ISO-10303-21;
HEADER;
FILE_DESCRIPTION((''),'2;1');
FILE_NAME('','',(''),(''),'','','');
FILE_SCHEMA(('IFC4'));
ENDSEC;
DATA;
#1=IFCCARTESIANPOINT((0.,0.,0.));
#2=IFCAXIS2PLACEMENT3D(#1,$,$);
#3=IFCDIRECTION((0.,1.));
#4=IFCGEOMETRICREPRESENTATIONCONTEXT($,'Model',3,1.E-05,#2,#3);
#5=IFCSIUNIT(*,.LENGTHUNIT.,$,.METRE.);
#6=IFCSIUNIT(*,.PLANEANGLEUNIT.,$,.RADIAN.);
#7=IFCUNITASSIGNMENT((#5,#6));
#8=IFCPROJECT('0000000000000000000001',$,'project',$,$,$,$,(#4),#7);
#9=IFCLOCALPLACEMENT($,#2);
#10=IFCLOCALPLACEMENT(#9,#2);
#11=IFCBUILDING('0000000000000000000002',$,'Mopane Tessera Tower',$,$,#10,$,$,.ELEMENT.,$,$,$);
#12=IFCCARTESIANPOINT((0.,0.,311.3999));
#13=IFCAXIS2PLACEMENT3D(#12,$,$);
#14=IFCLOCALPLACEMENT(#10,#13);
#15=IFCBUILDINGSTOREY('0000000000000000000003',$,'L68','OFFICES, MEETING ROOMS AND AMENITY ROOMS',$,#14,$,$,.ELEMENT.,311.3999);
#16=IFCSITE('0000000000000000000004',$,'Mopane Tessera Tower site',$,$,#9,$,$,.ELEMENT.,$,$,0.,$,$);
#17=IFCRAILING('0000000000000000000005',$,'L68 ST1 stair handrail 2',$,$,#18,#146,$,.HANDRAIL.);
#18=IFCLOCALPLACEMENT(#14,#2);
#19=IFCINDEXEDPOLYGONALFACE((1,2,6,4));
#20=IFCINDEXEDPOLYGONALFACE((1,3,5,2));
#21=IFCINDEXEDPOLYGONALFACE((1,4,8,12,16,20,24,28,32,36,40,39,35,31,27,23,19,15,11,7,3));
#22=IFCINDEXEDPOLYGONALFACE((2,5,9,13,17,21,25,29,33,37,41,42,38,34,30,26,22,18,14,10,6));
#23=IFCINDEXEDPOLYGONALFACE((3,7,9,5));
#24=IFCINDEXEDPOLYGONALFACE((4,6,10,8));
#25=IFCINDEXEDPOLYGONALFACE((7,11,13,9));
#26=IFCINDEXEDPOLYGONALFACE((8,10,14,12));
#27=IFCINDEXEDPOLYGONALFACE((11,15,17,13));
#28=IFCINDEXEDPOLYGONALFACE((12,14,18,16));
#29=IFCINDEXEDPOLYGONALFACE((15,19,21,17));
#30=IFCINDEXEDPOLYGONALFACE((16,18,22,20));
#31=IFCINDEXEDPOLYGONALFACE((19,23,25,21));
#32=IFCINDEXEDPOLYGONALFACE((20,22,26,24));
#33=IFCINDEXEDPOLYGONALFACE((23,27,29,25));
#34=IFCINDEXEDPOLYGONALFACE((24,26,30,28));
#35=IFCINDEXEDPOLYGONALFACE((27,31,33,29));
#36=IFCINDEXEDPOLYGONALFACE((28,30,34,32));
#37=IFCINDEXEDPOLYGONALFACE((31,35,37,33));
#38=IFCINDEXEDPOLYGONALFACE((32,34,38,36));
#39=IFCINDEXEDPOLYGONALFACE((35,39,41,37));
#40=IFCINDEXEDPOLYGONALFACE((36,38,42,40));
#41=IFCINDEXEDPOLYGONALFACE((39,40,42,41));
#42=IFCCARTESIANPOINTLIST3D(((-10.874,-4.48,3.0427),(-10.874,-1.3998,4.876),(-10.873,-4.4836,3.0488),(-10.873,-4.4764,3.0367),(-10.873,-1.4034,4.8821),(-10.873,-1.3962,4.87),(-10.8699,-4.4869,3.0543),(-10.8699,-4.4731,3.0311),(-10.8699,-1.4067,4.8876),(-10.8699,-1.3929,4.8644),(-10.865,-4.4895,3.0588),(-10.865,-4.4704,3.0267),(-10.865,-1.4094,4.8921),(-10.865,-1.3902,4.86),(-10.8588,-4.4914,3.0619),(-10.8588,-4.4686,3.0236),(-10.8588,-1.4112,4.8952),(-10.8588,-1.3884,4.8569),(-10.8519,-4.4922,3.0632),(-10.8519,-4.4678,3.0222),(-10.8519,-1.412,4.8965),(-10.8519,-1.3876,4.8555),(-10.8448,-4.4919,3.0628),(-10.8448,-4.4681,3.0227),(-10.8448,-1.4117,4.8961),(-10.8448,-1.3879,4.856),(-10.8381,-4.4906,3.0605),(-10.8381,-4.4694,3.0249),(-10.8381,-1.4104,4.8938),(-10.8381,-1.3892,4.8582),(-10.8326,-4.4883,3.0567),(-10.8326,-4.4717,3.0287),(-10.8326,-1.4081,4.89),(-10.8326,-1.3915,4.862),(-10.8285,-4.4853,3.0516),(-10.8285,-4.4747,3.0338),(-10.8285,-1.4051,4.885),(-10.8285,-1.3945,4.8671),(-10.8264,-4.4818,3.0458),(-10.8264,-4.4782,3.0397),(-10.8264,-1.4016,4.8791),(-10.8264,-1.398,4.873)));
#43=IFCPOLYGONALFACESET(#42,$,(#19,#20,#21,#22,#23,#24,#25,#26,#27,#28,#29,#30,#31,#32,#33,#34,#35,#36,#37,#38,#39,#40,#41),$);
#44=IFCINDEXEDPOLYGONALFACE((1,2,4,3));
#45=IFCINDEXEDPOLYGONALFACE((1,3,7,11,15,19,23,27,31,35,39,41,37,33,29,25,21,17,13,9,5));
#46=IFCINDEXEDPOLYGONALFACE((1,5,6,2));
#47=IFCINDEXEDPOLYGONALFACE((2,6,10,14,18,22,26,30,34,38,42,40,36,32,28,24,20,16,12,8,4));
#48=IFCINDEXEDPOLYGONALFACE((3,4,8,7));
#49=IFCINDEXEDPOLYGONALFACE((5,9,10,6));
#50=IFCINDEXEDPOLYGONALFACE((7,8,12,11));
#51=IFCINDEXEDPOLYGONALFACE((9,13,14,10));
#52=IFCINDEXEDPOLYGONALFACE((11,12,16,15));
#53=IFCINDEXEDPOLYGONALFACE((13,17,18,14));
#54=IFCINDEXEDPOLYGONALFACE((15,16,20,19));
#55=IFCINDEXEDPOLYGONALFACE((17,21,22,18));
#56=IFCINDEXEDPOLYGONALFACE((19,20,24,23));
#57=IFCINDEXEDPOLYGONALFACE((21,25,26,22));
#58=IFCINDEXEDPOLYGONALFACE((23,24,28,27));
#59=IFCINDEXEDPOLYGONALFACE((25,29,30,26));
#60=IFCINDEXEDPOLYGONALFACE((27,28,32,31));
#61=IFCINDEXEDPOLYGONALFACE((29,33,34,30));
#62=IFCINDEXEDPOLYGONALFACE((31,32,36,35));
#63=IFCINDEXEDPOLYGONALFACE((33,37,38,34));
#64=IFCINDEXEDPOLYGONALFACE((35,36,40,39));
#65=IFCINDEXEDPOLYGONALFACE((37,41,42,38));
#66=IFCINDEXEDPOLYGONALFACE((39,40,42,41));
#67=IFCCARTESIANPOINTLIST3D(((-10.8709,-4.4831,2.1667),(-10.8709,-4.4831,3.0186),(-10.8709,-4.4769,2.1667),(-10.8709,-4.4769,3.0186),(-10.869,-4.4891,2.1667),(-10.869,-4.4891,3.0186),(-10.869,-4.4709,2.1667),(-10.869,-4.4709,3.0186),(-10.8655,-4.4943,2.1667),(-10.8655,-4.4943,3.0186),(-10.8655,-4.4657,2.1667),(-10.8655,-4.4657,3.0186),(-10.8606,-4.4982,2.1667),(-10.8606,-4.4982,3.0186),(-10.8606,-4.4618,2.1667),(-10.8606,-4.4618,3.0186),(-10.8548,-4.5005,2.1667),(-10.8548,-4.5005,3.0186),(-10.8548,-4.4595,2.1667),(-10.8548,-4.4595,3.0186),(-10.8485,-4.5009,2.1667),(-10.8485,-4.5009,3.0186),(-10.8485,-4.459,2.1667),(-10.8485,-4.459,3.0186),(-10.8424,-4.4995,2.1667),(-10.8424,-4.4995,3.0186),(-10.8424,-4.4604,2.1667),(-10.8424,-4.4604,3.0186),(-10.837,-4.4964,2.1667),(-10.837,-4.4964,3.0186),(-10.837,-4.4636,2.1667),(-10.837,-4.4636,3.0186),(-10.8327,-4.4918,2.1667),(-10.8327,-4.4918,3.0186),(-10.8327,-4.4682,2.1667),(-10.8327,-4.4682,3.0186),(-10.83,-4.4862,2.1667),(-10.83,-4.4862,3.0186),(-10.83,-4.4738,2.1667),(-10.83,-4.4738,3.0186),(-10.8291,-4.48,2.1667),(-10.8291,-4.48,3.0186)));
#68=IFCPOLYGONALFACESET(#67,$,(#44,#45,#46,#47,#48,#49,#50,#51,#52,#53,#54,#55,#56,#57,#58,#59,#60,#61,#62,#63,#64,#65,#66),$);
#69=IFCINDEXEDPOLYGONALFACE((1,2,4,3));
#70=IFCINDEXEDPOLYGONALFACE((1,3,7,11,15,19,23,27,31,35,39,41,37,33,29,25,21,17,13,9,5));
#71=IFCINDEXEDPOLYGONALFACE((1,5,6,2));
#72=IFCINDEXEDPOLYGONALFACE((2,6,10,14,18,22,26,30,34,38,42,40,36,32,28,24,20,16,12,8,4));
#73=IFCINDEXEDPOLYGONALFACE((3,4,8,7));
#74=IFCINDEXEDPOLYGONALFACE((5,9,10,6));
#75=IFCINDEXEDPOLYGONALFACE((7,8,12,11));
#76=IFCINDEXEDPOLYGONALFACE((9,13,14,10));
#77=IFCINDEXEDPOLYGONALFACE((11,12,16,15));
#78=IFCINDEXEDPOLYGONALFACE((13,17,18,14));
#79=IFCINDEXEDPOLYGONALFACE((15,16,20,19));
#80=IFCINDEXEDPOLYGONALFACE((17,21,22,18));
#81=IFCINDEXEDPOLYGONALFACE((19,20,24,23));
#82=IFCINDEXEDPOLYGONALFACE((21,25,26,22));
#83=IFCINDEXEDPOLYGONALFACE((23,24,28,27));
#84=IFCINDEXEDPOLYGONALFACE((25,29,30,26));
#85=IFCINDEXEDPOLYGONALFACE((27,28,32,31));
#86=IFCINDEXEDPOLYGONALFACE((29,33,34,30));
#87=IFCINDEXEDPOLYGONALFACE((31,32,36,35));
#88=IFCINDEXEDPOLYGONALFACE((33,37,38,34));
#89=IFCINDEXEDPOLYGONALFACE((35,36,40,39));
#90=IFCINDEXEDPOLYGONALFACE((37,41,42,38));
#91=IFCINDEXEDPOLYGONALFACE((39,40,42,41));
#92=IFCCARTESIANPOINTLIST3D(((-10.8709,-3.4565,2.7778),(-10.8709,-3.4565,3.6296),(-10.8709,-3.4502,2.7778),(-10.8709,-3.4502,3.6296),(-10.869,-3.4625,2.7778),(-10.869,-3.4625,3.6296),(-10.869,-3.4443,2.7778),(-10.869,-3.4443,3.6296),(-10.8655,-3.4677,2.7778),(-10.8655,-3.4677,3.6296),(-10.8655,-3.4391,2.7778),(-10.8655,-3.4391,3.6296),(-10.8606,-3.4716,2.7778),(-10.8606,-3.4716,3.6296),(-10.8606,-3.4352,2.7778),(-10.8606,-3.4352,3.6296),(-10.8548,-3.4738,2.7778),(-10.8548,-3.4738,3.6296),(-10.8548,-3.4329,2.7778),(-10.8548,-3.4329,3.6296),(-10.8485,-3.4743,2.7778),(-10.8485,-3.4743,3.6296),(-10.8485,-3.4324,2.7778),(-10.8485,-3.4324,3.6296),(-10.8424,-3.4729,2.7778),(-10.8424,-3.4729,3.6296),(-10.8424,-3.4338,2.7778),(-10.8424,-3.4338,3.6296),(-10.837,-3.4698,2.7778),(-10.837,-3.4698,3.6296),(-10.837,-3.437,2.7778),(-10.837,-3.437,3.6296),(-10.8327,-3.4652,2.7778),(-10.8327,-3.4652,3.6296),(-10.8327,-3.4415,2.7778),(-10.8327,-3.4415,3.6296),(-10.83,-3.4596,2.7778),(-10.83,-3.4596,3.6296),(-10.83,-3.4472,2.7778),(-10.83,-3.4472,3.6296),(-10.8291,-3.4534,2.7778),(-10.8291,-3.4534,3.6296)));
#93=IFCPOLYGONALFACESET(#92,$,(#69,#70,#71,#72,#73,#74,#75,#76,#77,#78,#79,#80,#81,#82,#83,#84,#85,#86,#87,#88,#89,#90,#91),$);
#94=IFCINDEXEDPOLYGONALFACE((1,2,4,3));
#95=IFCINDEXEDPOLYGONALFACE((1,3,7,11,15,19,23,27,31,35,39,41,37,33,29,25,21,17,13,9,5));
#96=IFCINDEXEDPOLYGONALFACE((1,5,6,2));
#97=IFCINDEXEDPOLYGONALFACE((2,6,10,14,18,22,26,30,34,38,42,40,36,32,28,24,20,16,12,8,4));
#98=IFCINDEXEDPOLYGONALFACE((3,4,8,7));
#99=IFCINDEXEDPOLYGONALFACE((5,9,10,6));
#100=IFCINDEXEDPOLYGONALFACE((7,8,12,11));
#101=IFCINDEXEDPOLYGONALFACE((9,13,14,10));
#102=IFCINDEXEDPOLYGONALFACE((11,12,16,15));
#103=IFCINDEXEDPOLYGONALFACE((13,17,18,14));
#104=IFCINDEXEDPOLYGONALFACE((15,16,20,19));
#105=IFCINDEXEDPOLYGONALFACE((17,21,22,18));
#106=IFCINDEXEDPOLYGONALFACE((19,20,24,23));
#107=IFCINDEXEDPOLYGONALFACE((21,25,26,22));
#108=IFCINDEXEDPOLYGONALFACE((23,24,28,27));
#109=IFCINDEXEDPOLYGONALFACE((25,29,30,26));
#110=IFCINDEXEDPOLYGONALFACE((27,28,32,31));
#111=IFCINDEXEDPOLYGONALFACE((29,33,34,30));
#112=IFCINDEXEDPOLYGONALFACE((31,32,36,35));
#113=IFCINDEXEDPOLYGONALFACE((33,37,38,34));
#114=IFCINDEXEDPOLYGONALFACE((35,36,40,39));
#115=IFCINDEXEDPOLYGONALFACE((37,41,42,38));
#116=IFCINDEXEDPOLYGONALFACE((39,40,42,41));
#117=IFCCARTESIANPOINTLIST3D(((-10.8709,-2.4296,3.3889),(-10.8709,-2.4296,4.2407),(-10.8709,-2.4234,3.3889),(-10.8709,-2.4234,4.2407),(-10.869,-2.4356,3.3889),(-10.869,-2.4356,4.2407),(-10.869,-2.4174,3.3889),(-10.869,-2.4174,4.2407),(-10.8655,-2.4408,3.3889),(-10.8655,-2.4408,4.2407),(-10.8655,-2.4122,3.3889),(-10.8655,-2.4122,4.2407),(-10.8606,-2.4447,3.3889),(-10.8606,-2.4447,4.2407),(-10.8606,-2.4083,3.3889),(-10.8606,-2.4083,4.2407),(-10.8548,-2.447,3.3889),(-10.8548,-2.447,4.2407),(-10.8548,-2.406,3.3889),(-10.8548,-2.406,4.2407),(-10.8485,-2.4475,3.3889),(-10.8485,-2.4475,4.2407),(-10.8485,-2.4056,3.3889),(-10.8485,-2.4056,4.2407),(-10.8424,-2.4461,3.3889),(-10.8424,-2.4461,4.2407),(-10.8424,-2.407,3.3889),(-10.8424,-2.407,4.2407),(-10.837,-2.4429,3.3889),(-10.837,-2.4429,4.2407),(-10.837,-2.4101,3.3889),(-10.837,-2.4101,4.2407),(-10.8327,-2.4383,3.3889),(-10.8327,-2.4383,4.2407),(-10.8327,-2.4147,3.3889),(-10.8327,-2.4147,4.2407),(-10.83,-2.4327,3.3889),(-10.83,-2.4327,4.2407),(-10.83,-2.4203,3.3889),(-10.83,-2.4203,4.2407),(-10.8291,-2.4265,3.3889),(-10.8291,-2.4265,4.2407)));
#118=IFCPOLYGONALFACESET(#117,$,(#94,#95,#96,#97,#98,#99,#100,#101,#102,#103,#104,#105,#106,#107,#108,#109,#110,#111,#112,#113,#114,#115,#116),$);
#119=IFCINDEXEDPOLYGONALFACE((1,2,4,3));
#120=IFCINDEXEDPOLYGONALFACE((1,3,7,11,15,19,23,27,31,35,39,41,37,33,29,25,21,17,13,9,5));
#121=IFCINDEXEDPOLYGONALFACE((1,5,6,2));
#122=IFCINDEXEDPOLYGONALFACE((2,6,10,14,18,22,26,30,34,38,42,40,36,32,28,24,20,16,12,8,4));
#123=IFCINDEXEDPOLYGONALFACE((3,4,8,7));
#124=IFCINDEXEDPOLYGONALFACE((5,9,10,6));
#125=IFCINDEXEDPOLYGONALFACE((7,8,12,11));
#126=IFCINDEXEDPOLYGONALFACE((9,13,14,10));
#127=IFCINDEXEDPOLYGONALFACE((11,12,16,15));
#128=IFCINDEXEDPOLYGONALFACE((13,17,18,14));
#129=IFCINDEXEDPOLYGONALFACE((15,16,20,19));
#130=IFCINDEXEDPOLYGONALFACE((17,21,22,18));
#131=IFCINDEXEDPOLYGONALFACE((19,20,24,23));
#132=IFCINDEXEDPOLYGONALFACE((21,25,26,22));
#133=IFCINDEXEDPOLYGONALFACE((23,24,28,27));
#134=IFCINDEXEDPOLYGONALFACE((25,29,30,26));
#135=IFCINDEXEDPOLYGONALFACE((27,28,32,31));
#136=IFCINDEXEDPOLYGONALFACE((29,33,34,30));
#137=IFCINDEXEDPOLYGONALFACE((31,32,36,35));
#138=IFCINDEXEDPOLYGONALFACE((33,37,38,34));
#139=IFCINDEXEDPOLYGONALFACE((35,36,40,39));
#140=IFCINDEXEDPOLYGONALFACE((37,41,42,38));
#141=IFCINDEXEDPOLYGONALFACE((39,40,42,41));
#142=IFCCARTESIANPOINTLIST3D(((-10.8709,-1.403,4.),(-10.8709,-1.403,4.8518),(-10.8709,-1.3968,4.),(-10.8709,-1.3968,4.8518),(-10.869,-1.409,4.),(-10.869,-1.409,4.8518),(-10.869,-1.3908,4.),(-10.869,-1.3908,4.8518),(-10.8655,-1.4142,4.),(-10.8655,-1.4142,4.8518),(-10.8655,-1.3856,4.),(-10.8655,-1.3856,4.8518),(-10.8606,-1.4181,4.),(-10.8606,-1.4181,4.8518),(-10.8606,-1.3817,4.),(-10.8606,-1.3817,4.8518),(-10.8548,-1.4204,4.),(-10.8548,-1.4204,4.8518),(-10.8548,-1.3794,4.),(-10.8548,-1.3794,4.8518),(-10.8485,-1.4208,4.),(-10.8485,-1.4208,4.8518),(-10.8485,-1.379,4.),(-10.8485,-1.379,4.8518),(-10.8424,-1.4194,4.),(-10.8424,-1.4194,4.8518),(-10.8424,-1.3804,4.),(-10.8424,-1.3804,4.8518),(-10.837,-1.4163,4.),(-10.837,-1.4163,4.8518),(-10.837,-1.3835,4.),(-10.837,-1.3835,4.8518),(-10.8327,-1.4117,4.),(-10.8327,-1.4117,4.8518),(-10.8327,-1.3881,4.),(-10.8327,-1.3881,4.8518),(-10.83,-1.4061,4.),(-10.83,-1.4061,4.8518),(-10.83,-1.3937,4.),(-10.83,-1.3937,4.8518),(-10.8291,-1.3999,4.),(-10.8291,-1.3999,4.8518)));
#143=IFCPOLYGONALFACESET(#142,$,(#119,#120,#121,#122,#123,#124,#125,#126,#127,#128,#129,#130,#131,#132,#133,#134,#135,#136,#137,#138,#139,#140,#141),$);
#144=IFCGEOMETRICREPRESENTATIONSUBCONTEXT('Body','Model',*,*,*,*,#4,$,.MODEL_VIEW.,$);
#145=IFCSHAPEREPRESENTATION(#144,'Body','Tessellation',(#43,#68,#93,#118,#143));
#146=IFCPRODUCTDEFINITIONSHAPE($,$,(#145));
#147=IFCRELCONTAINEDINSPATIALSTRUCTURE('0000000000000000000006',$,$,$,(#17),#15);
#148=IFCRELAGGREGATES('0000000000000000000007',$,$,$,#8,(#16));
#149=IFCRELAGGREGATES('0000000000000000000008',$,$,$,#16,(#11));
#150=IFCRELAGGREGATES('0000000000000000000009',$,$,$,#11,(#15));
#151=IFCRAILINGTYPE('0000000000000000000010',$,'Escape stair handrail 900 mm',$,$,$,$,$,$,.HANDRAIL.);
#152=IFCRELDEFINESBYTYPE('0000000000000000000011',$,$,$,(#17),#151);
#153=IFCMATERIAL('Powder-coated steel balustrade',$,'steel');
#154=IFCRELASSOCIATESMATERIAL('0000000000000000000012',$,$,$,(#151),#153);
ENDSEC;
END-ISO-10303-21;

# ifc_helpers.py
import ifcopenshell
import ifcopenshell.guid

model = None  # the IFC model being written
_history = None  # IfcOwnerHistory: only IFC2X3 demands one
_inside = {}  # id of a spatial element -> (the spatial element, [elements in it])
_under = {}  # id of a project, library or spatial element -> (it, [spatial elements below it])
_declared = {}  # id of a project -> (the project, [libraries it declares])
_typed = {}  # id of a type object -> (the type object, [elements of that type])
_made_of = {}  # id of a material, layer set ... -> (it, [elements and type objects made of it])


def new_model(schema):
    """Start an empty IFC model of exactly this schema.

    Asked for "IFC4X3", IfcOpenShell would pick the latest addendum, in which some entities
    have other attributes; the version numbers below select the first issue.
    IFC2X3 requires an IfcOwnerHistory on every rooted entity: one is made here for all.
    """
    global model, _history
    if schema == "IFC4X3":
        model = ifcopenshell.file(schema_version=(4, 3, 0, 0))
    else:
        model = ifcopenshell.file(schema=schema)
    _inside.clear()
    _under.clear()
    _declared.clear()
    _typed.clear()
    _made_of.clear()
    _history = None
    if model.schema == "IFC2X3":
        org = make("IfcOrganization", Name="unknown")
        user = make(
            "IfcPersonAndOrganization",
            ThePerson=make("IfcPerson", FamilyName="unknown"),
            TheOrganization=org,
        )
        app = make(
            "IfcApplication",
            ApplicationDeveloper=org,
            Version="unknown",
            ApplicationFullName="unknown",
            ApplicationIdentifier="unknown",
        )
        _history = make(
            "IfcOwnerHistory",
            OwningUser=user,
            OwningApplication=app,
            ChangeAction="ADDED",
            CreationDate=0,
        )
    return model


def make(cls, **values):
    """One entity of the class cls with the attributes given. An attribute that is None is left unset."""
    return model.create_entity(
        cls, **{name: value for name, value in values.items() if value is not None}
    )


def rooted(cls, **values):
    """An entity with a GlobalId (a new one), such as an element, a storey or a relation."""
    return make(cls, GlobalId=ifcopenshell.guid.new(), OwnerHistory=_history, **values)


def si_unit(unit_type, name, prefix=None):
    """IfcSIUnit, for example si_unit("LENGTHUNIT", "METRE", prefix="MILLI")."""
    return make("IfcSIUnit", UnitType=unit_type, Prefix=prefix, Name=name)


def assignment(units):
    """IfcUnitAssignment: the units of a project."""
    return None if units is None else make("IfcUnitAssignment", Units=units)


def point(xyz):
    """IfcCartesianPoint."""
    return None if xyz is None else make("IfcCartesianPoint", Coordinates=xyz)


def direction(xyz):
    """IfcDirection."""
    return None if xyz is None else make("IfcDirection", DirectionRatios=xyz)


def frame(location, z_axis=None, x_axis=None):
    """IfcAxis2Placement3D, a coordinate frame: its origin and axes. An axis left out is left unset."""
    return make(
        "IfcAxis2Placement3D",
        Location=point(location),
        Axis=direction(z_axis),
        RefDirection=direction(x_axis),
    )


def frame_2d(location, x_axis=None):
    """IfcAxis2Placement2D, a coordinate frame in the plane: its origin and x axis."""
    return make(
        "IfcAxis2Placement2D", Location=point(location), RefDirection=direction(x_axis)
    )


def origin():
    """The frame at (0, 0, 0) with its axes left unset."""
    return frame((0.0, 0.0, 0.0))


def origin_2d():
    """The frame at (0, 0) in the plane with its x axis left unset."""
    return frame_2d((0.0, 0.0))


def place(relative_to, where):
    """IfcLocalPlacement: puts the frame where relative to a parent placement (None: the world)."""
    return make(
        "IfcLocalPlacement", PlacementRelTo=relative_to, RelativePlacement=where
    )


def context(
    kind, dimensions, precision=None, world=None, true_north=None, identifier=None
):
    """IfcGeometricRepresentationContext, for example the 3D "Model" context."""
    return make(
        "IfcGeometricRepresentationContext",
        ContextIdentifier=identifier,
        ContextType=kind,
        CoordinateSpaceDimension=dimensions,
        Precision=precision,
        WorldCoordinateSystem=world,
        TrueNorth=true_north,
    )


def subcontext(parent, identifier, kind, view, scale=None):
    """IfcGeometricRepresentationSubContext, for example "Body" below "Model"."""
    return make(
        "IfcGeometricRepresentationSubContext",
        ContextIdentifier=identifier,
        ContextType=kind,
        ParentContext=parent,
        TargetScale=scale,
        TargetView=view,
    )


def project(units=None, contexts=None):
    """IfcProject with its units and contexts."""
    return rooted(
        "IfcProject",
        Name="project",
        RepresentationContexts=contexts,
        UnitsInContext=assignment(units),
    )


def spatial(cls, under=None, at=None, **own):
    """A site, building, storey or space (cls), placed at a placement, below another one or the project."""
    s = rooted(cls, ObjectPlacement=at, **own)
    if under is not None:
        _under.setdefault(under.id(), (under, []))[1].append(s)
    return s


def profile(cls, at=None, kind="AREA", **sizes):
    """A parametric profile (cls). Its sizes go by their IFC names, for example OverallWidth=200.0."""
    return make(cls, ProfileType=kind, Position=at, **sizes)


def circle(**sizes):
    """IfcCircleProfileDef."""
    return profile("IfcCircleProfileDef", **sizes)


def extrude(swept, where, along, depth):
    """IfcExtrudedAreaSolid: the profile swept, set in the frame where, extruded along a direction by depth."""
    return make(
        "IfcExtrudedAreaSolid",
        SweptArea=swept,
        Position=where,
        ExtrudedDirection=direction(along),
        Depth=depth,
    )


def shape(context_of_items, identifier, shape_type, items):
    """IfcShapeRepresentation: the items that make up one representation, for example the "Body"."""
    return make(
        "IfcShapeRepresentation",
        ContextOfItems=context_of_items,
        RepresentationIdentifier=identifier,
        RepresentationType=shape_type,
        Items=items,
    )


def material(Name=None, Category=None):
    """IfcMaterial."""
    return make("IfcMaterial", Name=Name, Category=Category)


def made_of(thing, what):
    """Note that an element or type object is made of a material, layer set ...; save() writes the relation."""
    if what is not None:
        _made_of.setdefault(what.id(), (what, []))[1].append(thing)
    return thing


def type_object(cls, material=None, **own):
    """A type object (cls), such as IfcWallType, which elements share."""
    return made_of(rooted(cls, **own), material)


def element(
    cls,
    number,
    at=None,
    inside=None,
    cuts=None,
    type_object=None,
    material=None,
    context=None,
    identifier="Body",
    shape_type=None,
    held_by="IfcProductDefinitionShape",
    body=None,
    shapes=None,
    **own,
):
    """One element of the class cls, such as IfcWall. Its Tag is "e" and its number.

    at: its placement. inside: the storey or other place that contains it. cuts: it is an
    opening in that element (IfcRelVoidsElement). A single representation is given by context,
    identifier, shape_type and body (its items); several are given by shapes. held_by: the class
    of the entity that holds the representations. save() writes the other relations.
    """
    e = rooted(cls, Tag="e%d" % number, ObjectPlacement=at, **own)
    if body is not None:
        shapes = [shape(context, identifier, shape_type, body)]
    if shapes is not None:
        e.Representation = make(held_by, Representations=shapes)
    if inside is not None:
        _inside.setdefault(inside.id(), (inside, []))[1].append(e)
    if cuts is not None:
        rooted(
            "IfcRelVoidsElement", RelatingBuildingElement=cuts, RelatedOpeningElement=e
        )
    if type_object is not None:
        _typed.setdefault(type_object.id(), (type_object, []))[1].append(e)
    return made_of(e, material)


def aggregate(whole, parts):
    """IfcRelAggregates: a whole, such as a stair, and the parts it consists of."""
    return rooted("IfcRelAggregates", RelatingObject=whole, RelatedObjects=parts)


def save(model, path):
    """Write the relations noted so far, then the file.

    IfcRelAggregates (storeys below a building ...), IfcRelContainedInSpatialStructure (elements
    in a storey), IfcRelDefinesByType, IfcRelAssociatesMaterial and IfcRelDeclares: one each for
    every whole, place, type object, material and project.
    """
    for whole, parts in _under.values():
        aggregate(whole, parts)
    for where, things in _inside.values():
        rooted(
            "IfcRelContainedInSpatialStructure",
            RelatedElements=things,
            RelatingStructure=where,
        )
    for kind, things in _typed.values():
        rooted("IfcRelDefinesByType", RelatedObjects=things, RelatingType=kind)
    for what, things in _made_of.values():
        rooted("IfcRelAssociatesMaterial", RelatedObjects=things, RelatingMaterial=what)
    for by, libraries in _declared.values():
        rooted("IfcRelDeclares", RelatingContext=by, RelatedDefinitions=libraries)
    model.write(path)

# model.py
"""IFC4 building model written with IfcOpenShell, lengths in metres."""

from ifc_helpers import new_model, si_unit, direction, frame, origin, origin_2d, place, context, subcontext, project, spatial, circle, extrude, material, type_object, element, save


model = new_model("IFC4")

# Units and contexts
model_context = context("Model", 3, precision=1e-05, world=origin(), true_north=direction((0.0, 1.0)))
body_context = subcontext(model_context, "Body", "Model", "MODEL_VIEW")
ifc_project = project(units=[si_unit("LENGTHUNIT", "METRE"), si_unit("PLANEANGLEUNIT", "RADIAN")], contexts=[model_context])

# Site, building, storey
site_placement = place(None, origin())
site = spatial("IfcSite", under=ifc_project, at=site_placement, Name="Mopane Tessera Tower site", CompositionType="ELEMENT", RefElevation=0.0)
building_placement = place(site_placement, origin())
building = spatial("IfcBuilding", under=site, at=building_placement, Name="Mopane Tessera Tower", CompositionType="ELEMENT")
storey_placement = place(building_placement, frame((0.0, 0.0, 311.3999)))
storey = spatial("IfcBuildingStorey", under=building, at=storey_placement, Name="L68", Description="OFFICES, MEETING ROOMS AND AMENITY ROOMS", CompositionType="ELEMENT", Elevation=311.3999)

# Railing
ifc_material_1 = material(Name="Powder-coated steel balustrade", Category="steel")
railing_type_1 = type_object("IfcRailingType", Name="Escape stair handrail 900 mm", PredefinedType="HANDRAIL", material=ifc_material_1)
railing_1_placement = place(storey_placement, frame((-10.8501, -4.48, 2.1667)))
element("IfcRailing", 1, at=railing_1_placement, inside=storey, type_object=railing_type_1, Name="L68 ST1 stair handrail 2", PredefinedType="HANDRAIL", context=body_context, shape_type="SweptSolid", body=[
    extrude(circle(Radius=0.0239, at=origin_2d()), frame((0.0, 0.0, 0.876), z_axis=(0.0, 0.859309, 0.511458), x_axis=(-1.0, 0.0, 0.0)), (0.0, 0.0, 1.0), 3.5845),
    extrude(circle(Radius=0.021, at=origin_2d()), origin(), (0.0, 0.0, 1.0), 0.8518),
    extrude(circle(Radius=0.021, at=origin_2d()), frame((0.0, 1.0266, 0.6111)), (0.0, 0.0, 1.0), 0.8518),
    extrude(circle(Radius=0.021, at=origin_2d()), frame((0.0, 2.0535, 1.2222)), (0.0, 0.0, 1.0), 0.8518),
    extrude(circle(Radius=0.021, at=origin_2d()), frame((0.0, 3.0801, 1.8333)), (0.0, 0.0, 1.0), 0.8518),
])

save(model, "model.ifc")
